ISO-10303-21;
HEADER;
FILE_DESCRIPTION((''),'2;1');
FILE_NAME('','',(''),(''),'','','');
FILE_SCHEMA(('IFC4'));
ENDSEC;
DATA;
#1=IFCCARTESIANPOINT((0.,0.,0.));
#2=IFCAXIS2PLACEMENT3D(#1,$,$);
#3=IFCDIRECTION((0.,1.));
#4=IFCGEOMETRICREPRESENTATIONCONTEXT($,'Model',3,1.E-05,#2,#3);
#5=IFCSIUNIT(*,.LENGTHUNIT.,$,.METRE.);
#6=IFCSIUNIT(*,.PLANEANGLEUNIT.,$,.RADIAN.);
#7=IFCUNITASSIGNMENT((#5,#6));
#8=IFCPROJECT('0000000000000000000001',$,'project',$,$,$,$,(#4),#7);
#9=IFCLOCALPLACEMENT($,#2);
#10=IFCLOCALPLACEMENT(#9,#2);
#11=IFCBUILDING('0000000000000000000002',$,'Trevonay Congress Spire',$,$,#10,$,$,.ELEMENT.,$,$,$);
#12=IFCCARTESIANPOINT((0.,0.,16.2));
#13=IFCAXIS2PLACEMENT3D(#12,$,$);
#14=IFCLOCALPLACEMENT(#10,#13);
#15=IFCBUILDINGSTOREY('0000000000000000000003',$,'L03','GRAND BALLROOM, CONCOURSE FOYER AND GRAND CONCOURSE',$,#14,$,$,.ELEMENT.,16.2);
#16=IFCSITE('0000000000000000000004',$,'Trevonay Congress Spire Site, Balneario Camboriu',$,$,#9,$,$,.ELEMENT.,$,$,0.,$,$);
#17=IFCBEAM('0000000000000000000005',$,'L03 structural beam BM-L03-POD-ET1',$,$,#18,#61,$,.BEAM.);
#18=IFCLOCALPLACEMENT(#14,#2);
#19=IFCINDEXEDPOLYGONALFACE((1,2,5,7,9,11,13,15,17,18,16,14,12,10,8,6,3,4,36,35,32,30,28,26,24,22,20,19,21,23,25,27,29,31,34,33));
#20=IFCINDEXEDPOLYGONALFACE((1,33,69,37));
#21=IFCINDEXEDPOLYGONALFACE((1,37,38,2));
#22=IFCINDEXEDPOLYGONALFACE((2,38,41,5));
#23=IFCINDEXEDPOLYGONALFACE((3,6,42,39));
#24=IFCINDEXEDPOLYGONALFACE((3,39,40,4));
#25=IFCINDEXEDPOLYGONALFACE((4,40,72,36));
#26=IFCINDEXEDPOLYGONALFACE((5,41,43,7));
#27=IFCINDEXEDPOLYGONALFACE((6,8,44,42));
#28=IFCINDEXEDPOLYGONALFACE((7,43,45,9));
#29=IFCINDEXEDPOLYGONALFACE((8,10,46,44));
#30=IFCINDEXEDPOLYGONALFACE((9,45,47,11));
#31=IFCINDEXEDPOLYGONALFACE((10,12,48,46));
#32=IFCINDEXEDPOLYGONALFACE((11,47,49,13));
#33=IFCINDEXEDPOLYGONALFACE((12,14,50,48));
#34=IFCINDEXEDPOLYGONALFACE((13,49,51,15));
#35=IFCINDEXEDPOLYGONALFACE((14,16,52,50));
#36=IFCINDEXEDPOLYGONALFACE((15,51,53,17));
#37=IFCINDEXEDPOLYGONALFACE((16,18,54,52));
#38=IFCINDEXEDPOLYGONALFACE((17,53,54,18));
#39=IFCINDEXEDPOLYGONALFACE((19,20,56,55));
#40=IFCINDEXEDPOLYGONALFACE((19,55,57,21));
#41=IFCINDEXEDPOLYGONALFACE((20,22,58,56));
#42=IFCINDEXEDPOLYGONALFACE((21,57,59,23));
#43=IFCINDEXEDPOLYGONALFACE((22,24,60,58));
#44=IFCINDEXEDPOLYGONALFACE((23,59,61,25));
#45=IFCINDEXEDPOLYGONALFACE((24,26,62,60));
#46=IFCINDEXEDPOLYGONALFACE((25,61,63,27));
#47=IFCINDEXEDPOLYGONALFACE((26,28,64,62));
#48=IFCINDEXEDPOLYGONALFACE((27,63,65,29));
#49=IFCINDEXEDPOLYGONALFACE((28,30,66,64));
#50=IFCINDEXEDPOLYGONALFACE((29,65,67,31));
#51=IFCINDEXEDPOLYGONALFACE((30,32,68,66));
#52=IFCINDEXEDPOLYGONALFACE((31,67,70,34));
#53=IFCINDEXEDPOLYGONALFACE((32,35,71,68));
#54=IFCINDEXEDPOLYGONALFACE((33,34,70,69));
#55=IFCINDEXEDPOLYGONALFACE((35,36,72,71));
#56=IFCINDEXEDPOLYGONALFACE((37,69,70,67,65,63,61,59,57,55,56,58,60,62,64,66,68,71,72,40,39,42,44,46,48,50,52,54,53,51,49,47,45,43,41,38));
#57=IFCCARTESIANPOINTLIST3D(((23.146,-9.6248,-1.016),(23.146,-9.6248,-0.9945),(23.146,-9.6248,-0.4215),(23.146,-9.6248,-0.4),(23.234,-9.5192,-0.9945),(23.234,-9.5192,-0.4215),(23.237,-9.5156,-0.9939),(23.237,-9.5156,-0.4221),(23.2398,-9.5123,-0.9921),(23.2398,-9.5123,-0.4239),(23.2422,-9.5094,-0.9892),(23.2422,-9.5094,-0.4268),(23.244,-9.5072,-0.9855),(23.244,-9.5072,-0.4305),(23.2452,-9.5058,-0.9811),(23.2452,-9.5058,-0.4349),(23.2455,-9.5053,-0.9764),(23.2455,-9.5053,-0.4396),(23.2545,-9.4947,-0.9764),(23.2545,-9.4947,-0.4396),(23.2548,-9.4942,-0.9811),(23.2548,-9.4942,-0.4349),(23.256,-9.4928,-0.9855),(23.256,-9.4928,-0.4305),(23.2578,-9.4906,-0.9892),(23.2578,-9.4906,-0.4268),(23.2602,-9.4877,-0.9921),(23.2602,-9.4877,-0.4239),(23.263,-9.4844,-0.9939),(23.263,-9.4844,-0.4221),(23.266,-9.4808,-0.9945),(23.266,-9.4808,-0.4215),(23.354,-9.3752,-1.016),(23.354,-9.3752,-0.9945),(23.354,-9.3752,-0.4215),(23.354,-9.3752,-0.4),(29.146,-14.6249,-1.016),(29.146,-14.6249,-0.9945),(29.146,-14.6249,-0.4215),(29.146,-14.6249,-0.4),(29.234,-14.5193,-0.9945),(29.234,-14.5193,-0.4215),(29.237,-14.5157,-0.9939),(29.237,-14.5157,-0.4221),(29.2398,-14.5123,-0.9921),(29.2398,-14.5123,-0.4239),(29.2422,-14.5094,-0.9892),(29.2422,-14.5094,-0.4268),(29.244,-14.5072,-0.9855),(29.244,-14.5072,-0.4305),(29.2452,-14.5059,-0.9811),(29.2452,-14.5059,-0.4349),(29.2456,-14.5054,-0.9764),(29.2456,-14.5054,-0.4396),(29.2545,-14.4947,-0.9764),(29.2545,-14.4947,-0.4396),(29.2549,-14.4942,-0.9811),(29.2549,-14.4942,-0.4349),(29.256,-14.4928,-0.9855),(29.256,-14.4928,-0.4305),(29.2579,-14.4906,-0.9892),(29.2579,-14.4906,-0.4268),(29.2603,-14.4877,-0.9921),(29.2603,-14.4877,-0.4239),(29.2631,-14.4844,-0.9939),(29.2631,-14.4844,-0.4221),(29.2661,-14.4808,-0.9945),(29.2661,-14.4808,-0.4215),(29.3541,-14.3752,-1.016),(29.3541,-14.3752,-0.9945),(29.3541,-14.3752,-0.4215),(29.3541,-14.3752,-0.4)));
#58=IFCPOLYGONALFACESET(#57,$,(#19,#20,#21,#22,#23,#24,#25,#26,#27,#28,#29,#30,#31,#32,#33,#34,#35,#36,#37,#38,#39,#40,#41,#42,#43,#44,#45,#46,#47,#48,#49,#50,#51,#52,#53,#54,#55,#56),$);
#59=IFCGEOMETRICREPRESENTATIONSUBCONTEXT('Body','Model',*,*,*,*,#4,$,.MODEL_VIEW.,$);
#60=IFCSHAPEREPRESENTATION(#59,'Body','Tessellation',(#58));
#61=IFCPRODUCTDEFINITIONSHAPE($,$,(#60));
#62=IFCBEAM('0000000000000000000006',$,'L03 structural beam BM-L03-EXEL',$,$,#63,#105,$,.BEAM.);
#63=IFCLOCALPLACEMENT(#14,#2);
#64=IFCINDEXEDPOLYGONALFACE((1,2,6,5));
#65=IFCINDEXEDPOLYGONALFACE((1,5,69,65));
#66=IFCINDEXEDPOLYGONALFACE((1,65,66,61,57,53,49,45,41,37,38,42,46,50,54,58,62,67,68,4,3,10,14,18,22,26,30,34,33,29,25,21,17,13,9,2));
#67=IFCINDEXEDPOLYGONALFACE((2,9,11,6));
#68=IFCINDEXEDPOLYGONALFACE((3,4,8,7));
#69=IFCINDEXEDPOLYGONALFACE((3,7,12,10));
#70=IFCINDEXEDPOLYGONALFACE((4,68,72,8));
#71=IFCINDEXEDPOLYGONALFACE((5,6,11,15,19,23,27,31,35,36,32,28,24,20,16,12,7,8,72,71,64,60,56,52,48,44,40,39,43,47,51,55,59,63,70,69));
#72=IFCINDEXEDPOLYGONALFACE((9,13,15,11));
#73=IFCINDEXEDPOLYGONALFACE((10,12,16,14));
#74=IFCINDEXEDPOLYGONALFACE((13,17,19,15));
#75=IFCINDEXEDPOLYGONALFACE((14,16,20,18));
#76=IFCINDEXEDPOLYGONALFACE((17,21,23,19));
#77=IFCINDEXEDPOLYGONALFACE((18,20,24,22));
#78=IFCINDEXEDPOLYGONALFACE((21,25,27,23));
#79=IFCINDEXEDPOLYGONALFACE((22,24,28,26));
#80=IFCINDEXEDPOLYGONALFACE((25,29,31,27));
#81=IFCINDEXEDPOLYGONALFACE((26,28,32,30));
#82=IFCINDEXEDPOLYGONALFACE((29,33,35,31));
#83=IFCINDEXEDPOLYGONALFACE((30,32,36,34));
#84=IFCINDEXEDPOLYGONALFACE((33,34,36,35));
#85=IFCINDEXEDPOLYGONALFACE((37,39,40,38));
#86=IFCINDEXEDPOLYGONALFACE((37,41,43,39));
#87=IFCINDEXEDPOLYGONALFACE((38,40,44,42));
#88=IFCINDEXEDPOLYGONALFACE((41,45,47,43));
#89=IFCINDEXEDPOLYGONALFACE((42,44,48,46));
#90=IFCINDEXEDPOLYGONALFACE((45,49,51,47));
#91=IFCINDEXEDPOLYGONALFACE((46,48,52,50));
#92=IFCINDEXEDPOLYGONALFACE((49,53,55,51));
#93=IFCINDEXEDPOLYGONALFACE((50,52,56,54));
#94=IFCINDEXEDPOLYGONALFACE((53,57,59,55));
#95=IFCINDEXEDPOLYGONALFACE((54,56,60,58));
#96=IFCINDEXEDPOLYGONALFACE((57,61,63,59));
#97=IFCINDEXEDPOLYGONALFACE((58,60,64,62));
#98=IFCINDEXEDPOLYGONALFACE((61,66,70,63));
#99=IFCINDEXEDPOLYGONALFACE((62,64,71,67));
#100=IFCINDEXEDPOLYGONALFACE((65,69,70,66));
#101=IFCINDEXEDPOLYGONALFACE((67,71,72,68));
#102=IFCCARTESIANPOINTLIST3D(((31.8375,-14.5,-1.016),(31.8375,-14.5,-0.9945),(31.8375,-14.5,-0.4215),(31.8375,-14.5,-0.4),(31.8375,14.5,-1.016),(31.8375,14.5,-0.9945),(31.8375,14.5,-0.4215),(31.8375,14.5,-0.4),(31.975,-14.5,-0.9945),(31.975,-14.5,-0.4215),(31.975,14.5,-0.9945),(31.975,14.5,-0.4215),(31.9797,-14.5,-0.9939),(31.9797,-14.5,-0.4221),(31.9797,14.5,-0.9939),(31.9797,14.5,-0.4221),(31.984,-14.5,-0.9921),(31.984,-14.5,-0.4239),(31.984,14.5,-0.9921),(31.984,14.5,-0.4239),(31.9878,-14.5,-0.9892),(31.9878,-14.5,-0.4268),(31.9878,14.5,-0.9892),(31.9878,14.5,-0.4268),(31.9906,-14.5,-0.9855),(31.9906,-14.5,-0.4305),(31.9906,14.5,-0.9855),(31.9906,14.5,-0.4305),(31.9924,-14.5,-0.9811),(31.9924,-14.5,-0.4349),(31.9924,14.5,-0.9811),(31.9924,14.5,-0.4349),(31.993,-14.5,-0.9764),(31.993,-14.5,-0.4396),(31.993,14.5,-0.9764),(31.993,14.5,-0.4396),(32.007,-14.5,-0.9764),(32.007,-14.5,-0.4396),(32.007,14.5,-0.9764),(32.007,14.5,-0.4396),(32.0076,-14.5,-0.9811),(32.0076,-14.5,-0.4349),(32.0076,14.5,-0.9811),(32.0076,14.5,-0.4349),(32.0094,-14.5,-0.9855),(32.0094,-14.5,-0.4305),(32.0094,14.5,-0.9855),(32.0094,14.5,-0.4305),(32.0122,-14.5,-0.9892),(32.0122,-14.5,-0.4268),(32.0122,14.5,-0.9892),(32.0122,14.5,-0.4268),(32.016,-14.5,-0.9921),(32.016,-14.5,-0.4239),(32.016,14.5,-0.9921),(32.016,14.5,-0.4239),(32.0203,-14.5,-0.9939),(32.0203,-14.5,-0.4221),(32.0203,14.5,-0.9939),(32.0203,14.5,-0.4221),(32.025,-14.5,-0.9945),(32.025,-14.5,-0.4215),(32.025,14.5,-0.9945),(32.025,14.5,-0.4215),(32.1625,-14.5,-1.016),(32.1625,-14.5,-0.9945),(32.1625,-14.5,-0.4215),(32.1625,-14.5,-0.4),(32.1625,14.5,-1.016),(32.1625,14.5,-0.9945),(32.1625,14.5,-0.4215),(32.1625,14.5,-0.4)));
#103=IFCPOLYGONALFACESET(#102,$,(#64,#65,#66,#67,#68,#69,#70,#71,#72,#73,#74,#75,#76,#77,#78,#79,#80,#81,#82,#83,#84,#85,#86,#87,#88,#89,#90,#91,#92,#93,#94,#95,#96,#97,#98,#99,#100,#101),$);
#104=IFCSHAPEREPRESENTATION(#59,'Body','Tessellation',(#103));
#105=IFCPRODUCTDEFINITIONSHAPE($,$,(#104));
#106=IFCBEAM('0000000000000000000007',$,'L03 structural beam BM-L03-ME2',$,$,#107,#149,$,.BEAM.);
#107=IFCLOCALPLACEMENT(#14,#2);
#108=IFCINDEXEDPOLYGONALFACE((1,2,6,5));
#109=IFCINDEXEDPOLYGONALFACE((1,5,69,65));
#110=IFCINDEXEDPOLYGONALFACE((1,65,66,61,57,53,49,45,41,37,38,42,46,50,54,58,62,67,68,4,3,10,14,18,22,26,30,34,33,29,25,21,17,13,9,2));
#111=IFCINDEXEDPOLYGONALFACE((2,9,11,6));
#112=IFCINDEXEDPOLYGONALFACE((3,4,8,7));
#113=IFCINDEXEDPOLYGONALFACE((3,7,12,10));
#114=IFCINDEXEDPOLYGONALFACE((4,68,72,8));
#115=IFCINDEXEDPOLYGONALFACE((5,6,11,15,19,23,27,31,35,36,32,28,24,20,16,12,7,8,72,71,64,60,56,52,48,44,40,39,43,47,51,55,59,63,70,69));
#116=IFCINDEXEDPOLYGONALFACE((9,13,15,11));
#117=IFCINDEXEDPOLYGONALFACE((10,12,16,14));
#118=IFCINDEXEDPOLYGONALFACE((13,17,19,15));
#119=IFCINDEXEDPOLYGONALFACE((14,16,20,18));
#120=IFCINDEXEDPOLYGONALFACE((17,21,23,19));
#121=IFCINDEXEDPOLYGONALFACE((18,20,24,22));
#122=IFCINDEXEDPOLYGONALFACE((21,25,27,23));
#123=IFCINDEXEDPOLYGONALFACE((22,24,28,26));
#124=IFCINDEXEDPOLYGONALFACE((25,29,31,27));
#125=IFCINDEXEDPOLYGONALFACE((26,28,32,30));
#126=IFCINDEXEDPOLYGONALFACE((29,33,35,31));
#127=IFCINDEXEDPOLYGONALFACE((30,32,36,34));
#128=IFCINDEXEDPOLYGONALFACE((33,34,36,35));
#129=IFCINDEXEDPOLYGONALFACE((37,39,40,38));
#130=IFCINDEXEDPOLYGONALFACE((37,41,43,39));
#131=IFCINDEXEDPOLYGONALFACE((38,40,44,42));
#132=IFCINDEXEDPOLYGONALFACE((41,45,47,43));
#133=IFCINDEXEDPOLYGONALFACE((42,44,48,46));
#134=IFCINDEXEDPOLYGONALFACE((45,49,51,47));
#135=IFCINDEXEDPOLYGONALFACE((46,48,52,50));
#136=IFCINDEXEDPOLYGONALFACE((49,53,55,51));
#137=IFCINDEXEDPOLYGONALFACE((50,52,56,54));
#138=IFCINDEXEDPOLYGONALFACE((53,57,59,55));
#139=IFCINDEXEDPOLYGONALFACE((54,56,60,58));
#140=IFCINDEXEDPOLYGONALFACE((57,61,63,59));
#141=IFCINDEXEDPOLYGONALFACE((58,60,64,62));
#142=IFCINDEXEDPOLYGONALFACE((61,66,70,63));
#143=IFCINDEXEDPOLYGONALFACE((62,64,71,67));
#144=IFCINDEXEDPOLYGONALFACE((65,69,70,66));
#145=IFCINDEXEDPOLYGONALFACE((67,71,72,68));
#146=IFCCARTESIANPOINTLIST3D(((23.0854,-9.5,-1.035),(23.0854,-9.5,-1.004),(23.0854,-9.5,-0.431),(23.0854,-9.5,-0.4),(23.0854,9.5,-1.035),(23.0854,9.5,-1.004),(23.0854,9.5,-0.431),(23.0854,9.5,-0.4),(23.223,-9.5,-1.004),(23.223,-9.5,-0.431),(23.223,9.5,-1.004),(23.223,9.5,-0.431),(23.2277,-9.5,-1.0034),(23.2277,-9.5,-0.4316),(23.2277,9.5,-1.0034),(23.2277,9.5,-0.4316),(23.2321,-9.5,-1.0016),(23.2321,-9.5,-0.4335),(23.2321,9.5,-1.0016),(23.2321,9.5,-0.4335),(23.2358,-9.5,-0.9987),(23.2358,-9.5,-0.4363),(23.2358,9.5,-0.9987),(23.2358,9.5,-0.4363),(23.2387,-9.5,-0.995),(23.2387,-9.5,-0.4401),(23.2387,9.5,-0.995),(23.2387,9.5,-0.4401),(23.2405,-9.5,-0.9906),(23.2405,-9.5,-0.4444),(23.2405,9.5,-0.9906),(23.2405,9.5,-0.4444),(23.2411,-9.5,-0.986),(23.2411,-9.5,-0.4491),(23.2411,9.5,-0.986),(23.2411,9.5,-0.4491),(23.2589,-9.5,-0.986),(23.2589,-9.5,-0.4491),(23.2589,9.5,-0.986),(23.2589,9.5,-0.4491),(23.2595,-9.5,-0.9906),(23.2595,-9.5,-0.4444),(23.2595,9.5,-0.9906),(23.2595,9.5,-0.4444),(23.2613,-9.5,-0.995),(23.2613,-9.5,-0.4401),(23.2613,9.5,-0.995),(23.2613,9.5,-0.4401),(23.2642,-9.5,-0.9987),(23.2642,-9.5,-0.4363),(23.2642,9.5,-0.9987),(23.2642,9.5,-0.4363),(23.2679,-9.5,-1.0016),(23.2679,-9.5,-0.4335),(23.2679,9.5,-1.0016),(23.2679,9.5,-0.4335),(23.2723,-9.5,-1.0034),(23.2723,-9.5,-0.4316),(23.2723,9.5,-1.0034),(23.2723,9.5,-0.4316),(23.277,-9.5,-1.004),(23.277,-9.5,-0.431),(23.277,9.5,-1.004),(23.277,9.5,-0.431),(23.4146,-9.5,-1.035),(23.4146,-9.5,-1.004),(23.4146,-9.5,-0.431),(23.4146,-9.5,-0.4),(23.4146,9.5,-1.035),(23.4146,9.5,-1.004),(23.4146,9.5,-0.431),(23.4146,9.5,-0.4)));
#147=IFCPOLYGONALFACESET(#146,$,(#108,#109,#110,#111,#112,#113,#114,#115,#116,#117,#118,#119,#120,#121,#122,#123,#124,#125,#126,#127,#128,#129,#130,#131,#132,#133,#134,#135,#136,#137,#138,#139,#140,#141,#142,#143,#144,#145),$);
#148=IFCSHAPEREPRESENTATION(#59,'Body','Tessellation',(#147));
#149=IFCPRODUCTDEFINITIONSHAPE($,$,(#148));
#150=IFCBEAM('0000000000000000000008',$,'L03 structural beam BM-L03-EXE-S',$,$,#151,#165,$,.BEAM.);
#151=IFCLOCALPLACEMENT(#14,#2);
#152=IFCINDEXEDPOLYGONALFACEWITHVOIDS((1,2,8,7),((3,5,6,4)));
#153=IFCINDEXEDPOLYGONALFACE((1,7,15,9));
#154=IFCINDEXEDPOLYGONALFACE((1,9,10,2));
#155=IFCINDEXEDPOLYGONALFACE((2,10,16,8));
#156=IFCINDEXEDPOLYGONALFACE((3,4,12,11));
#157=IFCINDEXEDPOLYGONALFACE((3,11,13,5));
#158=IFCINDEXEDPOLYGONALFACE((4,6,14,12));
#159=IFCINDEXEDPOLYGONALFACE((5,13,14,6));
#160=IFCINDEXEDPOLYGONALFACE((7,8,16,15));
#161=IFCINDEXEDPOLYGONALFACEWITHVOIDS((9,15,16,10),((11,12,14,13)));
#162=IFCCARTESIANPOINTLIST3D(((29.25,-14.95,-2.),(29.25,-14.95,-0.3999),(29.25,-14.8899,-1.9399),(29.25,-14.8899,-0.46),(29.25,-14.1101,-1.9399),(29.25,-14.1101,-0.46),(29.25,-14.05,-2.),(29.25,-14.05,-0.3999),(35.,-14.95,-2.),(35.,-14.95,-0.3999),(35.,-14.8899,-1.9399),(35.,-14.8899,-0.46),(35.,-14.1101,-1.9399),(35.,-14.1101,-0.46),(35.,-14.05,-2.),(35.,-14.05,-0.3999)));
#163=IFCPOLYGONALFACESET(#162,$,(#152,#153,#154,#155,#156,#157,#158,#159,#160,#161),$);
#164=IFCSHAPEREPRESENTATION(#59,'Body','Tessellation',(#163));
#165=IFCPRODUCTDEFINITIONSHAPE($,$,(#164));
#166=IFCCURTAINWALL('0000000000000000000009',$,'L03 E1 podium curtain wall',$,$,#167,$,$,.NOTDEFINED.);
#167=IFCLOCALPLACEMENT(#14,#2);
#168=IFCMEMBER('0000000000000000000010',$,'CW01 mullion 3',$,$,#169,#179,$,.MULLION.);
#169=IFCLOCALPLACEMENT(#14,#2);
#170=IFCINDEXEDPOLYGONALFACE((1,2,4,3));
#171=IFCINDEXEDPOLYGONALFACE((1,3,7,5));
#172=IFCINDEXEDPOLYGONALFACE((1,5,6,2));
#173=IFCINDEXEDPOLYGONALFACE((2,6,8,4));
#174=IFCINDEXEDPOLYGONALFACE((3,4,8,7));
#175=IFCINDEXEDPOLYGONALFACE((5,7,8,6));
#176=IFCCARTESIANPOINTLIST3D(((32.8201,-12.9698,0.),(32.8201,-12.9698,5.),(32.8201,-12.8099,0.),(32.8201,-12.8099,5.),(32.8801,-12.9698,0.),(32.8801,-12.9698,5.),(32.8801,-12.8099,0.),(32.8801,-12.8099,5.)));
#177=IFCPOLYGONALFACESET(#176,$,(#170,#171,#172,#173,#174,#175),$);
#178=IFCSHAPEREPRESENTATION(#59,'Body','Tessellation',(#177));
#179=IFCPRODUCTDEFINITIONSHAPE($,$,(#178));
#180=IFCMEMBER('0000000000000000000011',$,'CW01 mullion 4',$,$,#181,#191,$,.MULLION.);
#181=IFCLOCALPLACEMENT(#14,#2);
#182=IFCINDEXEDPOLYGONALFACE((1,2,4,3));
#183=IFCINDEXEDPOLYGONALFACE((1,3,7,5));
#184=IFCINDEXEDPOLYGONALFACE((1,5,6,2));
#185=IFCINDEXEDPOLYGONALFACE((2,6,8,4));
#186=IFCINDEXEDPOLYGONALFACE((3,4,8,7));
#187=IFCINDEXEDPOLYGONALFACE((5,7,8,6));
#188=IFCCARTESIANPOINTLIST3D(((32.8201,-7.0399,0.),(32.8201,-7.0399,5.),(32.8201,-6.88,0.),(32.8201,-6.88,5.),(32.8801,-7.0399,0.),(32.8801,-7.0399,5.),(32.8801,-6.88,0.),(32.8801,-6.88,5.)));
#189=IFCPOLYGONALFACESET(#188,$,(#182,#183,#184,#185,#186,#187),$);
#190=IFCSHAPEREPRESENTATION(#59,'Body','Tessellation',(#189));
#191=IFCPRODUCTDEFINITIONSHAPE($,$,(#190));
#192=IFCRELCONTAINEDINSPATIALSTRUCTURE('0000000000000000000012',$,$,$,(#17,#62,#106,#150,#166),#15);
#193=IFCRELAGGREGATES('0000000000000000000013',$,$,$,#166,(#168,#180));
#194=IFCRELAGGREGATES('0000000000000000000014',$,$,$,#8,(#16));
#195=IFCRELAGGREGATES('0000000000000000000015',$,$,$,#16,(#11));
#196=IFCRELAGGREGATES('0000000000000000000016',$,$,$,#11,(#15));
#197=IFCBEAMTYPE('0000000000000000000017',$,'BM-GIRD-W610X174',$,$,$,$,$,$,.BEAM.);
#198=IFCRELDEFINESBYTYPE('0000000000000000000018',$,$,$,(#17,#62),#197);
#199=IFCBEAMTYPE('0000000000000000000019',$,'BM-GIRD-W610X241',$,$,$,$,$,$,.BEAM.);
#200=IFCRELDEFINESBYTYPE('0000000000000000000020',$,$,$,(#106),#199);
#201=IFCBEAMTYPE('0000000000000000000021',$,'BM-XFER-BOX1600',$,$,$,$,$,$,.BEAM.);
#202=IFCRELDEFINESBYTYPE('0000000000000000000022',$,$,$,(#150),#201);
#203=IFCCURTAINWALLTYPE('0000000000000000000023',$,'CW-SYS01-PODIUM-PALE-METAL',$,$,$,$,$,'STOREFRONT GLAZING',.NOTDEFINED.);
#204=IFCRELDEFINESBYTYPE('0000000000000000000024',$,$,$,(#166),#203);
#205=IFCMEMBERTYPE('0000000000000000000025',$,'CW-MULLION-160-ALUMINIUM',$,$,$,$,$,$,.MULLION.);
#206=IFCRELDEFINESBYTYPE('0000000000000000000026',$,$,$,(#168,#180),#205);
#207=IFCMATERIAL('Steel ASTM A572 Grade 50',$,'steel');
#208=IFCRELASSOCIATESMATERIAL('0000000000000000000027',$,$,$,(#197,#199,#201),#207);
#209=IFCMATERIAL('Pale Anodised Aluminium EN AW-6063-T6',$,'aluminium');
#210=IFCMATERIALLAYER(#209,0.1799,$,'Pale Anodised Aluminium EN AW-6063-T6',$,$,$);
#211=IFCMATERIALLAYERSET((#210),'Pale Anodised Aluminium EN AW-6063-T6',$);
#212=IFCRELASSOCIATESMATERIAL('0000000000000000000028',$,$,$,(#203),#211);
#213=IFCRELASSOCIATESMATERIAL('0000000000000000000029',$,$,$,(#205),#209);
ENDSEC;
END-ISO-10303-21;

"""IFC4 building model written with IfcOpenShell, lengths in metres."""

from ifc_helpers import new_model, si_unit, direction, frame, origin, origin_2d, place, context, subcontext, project, spatial, rectangle, hollow_rectangle, i_section, extrude, material, layer, layer_set, material_profile, profile_set, type_object, element, aggregate, save


model = new_model("IFC4")

# Units and contexts
model_context = context("Model", 3, precision=1e-05, world=origin(), true_north=direction((0.0, 1.0)))
body_context = subcontext(model_context, "Body", "Model", "MODEL_VIEW")
ifc_project = project(units=[si_unit("LENGTHUNIT", "METRE"), si_unit("PLANEANGLEUNIT", "RADIAN")], contexts=[model_context])

# Site, building, storey
site_placement = place(None, origin())
site = spatial("IfcSite", under=ifc_project, at=site_placement, Name="Trevonay Congress Spire Site, Balneario Camboriu", CompositionType="ELEMENT", RefElevation=0.0)
building_placement = place(site_placement, origin())
building = spatial("IfcBuilding", under=site, at=building_placement, Name="Trevonay Congress Spire", CompositionType="ELEMENT")
storey_placement = place(building_placement, frame((0.0, 0.0, 16.2)))
storey = spatial("IfcBuildingStorey", under=building, at=storey_placement, Name="L03", Description="GRAND BALLROOM, CONCOURSE FOYER AND GRAND CONCOURSE", CompositionType="ELEMENT", Elevation=16.2)

# Shared definitions
ifc_material_1 = material(Name="Steel ASTM A572 Grade 50", Category="steel")

# Beams
ifc_material_profile_1 = material_profile(ifc_material_1, i_section(OverallWidth=0.325, OverallDepth=0.616, WebThickness=0.0139, FlangeThickness=0.0215, FilletRadius=0.0181, at=origin_2d()), Name="W610x174")
ifc_profile_set_1 = profile_set([ifc_material_profile_1], Name="Steel ASTM A572 Grade 50")
beam_type_1 = type_object("IfcBeamType", Name="BM-GIRD-W610X174", PredefinedType="BEAM", material=ifc_profile_set_1)
beam_1_placement = place(storey_placement, frame((23.25, -9.5, -0.708), z_axis=(0.768221, -0.640184, 0.0), x_axis=(0.640184, 0.768221, 0.0)))
element("IfcBeam", 1, at=beam_1_placement, inside=storey, type_object=beam_type_1, Name="L03 structural beam BM-L03-POD-ET1", PredefinedType="BEAM", context=body_context, shape_type="SweptSolid", body=[
    extrude(i_section(OverallWidth=0.325, OverallDepth=0.616, WebThickness=0.0139, FlangeThickness=0.0215, FilletRadius=0.0181, at=origin_2d()), origin(), (0.0, 0.0, 1.0), 7.8103),
])
beam_2_placement = place(storey_placement, frame((32.0, -14.5, -0.708), z_axis=(0.0, 1.0, 0.0), x_axis=(-1.0, 0.0, 0.0)))
element("IfcBeam", 2, at=beam_2_placement, inside=storey, type_object=beam_type_1, Name="L03 structural beam BM-L03-EXEL", PredefinedType="BEAM", context=body_context, shape_type="SweptSolid", body=[
    extrude(i_section(OverallWidth=0.325, OverallDepth=0.616, WebThickness=0.0139, FlangeThickness=0.0215, FilletRadius=0.0181, at=origin_2d()), origin(), (0.0, 0.0, 1.0), 29.0),
])
ifc_material_profile_2 = material_profile(ifc_material_1, i_section(OverallWidth=0.3291, OverallDepth=0.635, WebThickness=0.0178, FlangeThickness=0.031, FilletRadius=0.0181, at=origin_2d()), Name="W610x241")
ifc_profile_set_2 = profile_set([ifc_material_profile_2], Name="Steel ASTM A572 Grade 50")
beam_type_2 = type_object("IfcBeamType", Name="BM-GIRD-W610X241", PredefinedType="BEAM", material=ifc_profile_set_2)
beam_3_placement = place(storey_placement, frame((23.25, -9.5, -0.7175), z_axis=(0.0, 1.0, 0.0), x_axis=(-1.0, 0.0, 0.0)))
element("IfcBeam", 3, at=beam_3_placement, inside=storey, type_object=beam_type_2, Name="L03 structural beam BM-L03-ME2", PredefinedType="BEAM", context=body_context, shape_type="SweptSolid", body=[
    extrude(i_section(OverallWidth=0.3291, OverallDepth=0.635, WebThickness=0.0178, FlangeThickness=0.031, FilletRadius=0.0181, at=origin_2d()), origin(), (0.0, 0.0, 1.0), 19.0),
])
ifc_material_profile_3 = material_profile(ifc_material_1, hollow_rectangle(XDim=0.8999, YDim=1.6001, WallThickness=0.0601, at=origin_2d()), Name="BOX 1600x900x60")
ifc_profile_set_3 = profile_set([ifc_material_profile_3], Name="Steel ASTM A572 Grade 50")
beam_type_3 = type_object("IfcBeamType", Name="BM-XFER-BOX1600", PredefinedType="BEAM", material=ifc_profile_set_3)
beam_4_placement = place(storey_placement, frame((29.25, -14.5, -1.2), z_axis=(1.0, 0.0, 0.0), x_axis=(0.0, 1.0, 0.0)))
element("IfcBeam", 4, at=beam_4_placement, inside=storey, type_object=beam_type_3, Name="L03 structural beam BM-L03-EXE-S", PredefinedType="BEAM", context=body_context, shape_type="SweptSolid", body=[
    extrude(hollow_rectangle(XDim=0.8999, YDim=1.6001, WallThickness=0.0601, at=origin_2d()), origin(), (0.0, 0.0, 1.0), 5.75),
])

# Curtain wall, members
ifc_material_2 = material(Name="Pale Anodised Aluminium EN AW-6063-T6", Category="aluminium")
ifc_layer_1 = layer(ifc_material_2, 0.1799, Name="Pale Anodised Aluminium EN AW-6063-T6")
ifc_layer_set_1 = layer_set([ifc_layer_1], Name="Pale Anodised Aluminium EN AW-6063-T6")
curtain_wall_type = type_object("IfcCurtainWallType", Name="CW-SYS01-PODIUM-PALE-METAL", ElementType="STOREFRONT GLAZING", PredefinedType="NOTDEFINED", material=ifc_layer_set_1)
curtain_wall_placement = place(storey_placement, origin())
curtain_wall = element("IfcCurtainWall", 5, at=curtain_wall_placement, inside=storey, type_object=curtain_wall_type, Name="L03 E1 podium curtain wall", PredefinedType="NOTDEFINED")
ifc_material_profile_4 = material_profile(ifc_material_2, rectangle(XDim=0.0601, YDim=0.1599, at=origin_2d()), Name="CW-MULLION-160-ALUMINIUM")
ifc_profile_set_4 = profile_set([ifc_material_profile_4], Name="Pale Anodised Aluminium EN AW-6063-T6")
member_type_1 = type_object("IfcMemberType", Name="CW-MULLION-160-ALUMINIUM", PredefinedType="MULLION", material=ifc_profile_set_4)
member_1_placement = place(storey_placement, frame((32.8501, -12.8899, 0.0), z_axis=(0.0, 0.0, 1.0), x_axis=(-1.0, 0.0, 0.0)))
member_1 = element("IfcMember", 6, at=member_1_placement, type_object=member_type_1, Name="CW01 mullion 3", PredefinedType="MULLION", context=body_context, shape_type="SweptSolid", body=[
    extrude(rectangle(XDim=0.0601, YDim=0.1599, at=origin_2d()), origin(), (0.0, 0.0, 1.0), 5.0),
])
member_2_placement = place(storey_placement, frame((32.8501, -6.96, 0.0), z_axis=(0.0, 0.0, 1.0), x_axis=(-1.0, 0.0, 0.0)))
member_2 = element("IfcMember", 7, at=member_2_placement, type_object=member_type_1, Name="CW01 mullion 4", PredefinedType="MULLION", context=body_context, shape_type="SweptSolid", body=[
    extrude(rectangle(XDim=0.0601, YDim=0.1599, at=origin_2d()), origin(), (0.0, 0.0, 1.0), 5.0),
])
aggregate(curtain_wall, [member_1, member_2])

save(model, "model.ifc")
